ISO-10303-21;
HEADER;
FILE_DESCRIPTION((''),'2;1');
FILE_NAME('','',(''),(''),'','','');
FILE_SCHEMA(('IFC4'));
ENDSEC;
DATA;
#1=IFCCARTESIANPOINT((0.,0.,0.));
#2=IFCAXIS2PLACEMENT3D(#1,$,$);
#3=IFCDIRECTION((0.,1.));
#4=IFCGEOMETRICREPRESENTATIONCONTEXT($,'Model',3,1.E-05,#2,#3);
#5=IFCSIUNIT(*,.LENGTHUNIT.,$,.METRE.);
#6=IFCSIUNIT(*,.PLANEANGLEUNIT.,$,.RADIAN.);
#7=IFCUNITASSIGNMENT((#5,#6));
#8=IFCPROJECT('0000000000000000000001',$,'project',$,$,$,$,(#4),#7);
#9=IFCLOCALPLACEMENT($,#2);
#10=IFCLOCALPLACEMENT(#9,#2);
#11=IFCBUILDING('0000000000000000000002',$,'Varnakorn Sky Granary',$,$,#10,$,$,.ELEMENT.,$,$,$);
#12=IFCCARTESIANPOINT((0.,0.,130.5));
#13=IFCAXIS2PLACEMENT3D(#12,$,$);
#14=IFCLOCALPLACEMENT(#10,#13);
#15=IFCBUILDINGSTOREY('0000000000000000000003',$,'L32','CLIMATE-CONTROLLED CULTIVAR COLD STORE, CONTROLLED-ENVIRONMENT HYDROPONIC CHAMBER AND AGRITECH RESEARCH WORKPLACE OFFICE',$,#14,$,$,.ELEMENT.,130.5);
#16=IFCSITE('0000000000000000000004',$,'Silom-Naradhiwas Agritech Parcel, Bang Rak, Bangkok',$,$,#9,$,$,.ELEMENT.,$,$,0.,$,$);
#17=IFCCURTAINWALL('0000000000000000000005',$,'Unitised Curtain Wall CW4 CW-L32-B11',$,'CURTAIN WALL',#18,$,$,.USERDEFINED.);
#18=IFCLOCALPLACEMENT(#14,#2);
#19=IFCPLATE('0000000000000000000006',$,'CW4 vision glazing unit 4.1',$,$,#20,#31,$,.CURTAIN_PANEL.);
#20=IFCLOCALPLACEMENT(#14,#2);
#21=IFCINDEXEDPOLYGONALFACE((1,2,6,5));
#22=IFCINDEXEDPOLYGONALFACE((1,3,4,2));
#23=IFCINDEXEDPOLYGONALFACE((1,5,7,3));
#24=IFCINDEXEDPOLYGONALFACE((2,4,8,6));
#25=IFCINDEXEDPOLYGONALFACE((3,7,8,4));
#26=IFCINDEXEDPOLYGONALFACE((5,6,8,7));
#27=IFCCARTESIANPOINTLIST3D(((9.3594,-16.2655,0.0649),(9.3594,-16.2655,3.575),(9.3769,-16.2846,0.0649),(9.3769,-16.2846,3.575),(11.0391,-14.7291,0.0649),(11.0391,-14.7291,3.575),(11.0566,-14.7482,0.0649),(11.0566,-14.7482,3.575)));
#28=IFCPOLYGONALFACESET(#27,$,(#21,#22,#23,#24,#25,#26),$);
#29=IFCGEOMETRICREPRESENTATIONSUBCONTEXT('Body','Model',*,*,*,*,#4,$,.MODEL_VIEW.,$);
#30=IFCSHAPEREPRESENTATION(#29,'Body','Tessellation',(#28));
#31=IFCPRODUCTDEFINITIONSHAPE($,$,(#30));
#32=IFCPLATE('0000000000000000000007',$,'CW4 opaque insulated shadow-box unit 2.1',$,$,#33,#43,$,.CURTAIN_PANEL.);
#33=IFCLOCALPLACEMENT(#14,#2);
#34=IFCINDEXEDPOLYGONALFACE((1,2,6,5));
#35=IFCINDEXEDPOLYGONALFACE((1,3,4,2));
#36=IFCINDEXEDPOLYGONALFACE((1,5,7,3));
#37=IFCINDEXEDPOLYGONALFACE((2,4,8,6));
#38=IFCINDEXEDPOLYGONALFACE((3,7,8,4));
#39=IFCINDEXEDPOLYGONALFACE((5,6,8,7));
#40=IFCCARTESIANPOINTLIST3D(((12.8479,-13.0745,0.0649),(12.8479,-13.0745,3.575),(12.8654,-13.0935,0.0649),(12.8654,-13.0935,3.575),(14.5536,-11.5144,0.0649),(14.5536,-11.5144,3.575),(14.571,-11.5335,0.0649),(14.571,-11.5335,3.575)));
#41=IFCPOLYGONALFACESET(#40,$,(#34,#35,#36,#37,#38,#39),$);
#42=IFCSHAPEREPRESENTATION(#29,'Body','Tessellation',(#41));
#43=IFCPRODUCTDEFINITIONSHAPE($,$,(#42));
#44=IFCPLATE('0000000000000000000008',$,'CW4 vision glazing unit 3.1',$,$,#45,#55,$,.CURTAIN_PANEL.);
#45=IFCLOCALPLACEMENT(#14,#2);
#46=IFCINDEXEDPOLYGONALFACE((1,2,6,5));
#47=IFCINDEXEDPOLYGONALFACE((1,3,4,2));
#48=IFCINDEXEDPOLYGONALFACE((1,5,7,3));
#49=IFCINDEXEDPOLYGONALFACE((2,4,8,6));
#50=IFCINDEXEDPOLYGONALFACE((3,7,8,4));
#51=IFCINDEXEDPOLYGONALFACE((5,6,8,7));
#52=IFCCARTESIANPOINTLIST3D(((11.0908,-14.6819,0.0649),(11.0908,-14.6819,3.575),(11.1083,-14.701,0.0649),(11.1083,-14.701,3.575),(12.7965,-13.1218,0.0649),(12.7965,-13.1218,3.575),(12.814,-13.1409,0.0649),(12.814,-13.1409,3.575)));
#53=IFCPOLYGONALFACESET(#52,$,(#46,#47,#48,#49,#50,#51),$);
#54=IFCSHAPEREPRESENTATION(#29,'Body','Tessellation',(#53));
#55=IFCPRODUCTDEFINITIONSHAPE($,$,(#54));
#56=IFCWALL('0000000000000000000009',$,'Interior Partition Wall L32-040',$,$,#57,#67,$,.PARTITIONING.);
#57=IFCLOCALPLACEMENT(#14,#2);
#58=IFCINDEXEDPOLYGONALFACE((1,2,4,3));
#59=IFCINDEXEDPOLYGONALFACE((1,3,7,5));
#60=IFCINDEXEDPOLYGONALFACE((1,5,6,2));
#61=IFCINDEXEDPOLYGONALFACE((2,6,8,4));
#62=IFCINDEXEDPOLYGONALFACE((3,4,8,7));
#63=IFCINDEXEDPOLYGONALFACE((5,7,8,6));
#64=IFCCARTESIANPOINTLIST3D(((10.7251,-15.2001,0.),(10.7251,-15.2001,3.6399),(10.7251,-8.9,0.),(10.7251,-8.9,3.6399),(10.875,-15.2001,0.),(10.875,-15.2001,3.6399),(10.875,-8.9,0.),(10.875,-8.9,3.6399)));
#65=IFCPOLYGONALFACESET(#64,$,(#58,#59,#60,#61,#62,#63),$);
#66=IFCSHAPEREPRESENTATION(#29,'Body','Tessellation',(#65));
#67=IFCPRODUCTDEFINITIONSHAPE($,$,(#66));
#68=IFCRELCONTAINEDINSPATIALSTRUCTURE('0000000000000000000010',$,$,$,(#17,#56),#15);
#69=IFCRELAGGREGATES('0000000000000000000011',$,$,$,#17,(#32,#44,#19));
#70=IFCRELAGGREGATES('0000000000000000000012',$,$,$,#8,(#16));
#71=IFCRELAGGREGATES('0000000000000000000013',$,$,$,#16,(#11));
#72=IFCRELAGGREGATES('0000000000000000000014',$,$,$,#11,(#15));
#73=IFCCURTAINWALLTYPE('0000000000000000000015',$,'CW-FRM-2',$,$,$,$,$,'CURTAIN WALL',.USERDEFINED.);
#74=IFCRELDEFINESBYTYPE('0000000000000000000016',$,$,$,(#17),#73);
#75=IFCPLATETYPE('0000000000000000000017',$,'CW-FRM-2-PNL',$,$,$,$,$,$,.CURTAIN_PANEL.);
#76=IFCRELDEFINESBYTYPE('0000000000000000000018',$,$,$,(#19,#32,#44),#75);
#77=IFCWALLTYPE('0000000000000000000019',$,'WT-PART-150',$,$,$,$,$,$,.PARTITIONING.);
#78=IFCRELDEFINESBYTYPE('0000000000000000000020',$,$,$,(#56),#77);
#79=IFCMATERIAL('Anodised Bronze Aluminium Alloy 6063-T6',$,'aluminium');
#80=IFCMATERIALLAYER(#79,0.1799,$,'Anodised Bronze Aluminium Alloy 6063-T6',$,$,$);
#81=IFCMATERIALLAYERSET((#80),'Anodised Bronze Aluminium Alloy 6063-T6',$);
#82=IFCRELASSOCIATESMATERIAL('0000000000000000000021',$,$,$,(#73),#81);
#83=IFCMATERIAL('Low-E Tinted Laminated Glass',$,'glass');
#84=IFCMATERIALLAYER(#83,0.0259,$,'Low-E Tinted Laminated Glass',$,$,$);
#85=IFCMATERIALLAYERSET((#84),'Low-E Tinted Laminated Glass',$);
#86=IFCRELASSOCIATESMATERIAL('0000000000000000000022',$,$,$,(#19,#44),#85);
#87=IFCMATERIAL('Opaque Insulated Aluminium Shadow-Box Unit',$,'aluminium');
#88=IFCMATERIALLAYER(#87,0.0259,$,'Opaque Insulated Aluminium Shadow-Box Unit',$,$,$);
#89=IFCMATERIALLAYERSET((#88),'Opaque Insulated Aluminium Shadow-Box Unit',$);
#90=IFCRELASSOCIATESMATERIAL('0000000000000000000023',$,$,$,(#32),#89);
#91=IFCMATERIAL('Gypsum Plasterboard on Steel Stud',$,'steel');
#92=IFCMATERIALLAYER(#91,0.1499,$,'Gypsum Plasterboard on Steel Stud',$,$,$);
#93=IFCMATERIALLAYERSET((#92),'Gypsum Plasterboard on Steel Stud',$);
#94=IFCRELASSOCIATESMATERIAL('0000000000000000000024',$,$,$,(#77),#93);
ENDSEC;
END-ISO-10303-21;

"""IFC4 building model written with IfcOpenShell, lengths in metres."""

from ifc_helpers import new_model, si_unit, direction, frame, frame_2d, origin, origin_2d, place, context, subcontext, project, spatial, rectangle, extrude, source, transform, mapped, material, layer, layer_set, type_object, type_shapes, element, aggregate, save


model = new_model("IFC4")

# Units and contexts
model_context = context("Model", 3, precision=1e-05, world=origin(), true_north=direction((0.0, 1.0)))
body_context = subcontext(model_context, "Body", "Model", "MODEL_VIEW")
ifc_project = project(units=[si_unit("LENGTHUNIT", "METRE"), si_unit("PLANEANGLEUNIT", "RADIAN")], contexts=[model_context])

# Site, building, storey
site_placement = place(None, origin())
site = spatial("IfcSite", under=ifc_project, at=site_placement, Name="Silom-Naradhiwas Agritech Parcel, Bang Rak, Bangkok", CompositionType="ELEMENT", RefElevation=0.0)
building_placement = place(site_placement, origin())
building = spatial("IfcBuilding", under=site, at=building_placement, Name="Varnakorn Sky Granary", CompositionType="ELEMENT")
storey_placement = place(building_placement, frame((0.0, 0.0, 130.5)))
storey = spatial("IfcBuildingStorey", under=building, at=storey_placement, Name="L32", Description="CLIMATE-CONTROLLED CULTIVAR COLD STORE, CONTROLLED-ENVIRONMENT HYDROPONIC CHAMBER AND AGRITECH RESEARCH WORKPLACE OFFICE", CompositionType="ELEMENT", Elevation=130.5)

# Shared definitions
ifc_material_1 = material(Name="Anodised Bronze Aluminium Alloy 6063-T6", Category="aluminium")
ifc_layer_1 = layer(ifc_material_1, 0.1799, Name="Anodised Bronze Aluminium Alloy 6063-T6")
ifc_layer_set_1 = layer_set([ifc_layer_1], Name="Anodised Bronze Aluminium Alloy 6063-T6")
curtain_wall_type = type_object("IfcCurtainWallType", Name="CW-FRM-2", ElementType="CURTAIN WALL", PredefinedType="USERDEFINED", material=ifc_layer_set_1)

# Curtain wall
curtain_wall_1_placement = place(storey_placement, origin())
curtain_wall_1 = element("IfcCurtainWall", 1, at=curtain_wall_1_placement, inside=storey, type_object=curtain_wall_type, Name="Unitised Curtain Wall CW4 CW-L32-B11", ObjectType="CURTAIN WALL", PredefinedType="USERDEFINED")

# Plates
ifc_material_2 = material(Name="Low-E Tinted Laminated Glass", Category="glass")
ifc_layer_2 = layer(ifc_material_2, 0.0259, Name="Low-E Tinted Laminated Glass")
ifc_layer_set_2 = layer_set([ifc_layer_2], Name="Low-E Tinted Laminated Glass")
plate_type = type_object("IfcPlateType", Name="CW-FRM-2-PNL", PredefinedType="CURTAIN_PANEL")
shared_shape_1 = source(origin(), body_context, "Body", "SweptSolid", [
    extrude(rectangle(XDim=2.2764, YDim=0.0259, at=origin_2d()), origin(), (0.0, 0.0, 1.0), 3.51),
])
plate_1_placement = place(storey_placement, frame((10.208, -15.5068, 0.0649), z_axis=(0.0, 0.0, 1.0), x_axis=(-0.737893, -0.674918, 0.0)))
plate_1 = element("IfcPlate", 2, at=plate_1_placement, type_object=plate_type, material=ifc_layer_set_2, Name="CW4 vision glazing unit 4.1", PredefinedType="CURTAIN_PANEL", context=body_context, shape_type="MappedRepresentation", body=[
    mapped(shared_shape_1, transform((0.0, 0.0, 0.0), x_axis=(1.0, 0.0, 0.0), y_axis=(0.0, 1.0, 0.0), z_axis=(0.0, 0.0, 1.0), scale=1.0)),
])
ifc_material_3 = material(Name="Opaque Insulated Aluminium Shadow-Box Unit", Category="aluminium")
ifc_layer_3 = layer(ifc_material_3, 0.0259, Name="Opaque Insulated Aluminium Shadow-Box Unit")
ifc_layer_set_3 = layer_set([ifc_layer_3], Name="Opaque Insulated Aluminium Shadow-Box Unit")
shared_shape_2 = source(origin(), body_context, "Body", "SweptSolid", [
    extrude(rectangle(XDim=2.3115, YDim=0.0259, at=origin_2d()), origin(), (0.0, 0.0, 1.0), 3.51),
])
type_shapes(plate_type, [shared_shape_1, shared_shape_2])
plate_2_placement = place(storey_placement, frame((13.7095, -12.304, 0.0649), z_axis=(0.0, 0.0, 1.0), x_axis=(-0.737893, -0.674918, 0.0)))
plate_2 = element("IfcPlate", 3, at=plate_2_placement, type_object=plate_type, material=ifc_layer_set_3, Name="CW4 opaque insulated shadow-box unit 2.1", PredefinedType="CURTAIN_PANEL", context=body_context, shape_type="MappedRepresentation", body=[
    mapped(shared_shape_2, transform((0.0, 0.0, 0.0), x_axis=(1.0, 0.0, 0.0), y_axis=(0.0, 1.0, 0.0), z_axis=(0.0, 0.0, 1.0), scale=1.0)),
])
plate_3_placement = place(storey_placement, frame((11.9524, -13.9114, 0.0649), z_axis=(0.0, 0.0, 1.0), x_axis=(-0.737893, -0.674918, 0.0)))
plate_3 = element("IfcPlate", 4, at=plate_3_placement, type_object=plate_type, material=ifc_layer_set_2, Name="CW4 vision glazing unit 3.1", PredefinedType="CURTAIN_PANEL", context=body_context, shape_type="MappedRepresentation", body=[
    mapped(shared_shape_2, transform((0.0, 0.0, 0.0), x_axis=(1.0, 0.0, 0.0), y_axis=(0.0, 1.0, 0.0), z_axis=(0.0, 0.0, 1.0), scale=1.0)),
])
aggregate(curtain_wall_1, [plate_2, plate_3, plate_1])

# Wall
ifc_material_4 = material(Name="Gypsum Plasterboard on Steel Stud", Category="steel")
ifc_layer_4 = layer(ifc_material_4, 0.1499, Name="Gypsum Plasterboard on Steel Stud")
ifc_layer_set_4 = layer_set([ifc_layer_4], Name="Gypsum Plasterboard on Steel Stud")
wall_type = type_object("IfcWallType", Name="WT-PART-150", PredefinedType="PARTITIONING", material=ifc_layer_set_4)
wall_placement = place(storey_placement, frame((10.8, -15.2, 0.0), z_axis=(0.0, 0.0, 1.0), x_axis=(0.0, 1.0, 0.0)))
element("IfcWall", 5, at=wall_placement, inside=storey, type_object=wall_type, Name="Interior Partition Wall L32-040", PredefinedType="PARTITIONING", context=body_context, shape_type="SweptSolid", body=[
    extrude(rectangle(XDim=6.3, YDim=0.1499, at=frame_2d((3.1499, 0.0))), origin(), (0.0, 0.0, 1.0), 3.6399),
])

save(model, "model.ifc")
